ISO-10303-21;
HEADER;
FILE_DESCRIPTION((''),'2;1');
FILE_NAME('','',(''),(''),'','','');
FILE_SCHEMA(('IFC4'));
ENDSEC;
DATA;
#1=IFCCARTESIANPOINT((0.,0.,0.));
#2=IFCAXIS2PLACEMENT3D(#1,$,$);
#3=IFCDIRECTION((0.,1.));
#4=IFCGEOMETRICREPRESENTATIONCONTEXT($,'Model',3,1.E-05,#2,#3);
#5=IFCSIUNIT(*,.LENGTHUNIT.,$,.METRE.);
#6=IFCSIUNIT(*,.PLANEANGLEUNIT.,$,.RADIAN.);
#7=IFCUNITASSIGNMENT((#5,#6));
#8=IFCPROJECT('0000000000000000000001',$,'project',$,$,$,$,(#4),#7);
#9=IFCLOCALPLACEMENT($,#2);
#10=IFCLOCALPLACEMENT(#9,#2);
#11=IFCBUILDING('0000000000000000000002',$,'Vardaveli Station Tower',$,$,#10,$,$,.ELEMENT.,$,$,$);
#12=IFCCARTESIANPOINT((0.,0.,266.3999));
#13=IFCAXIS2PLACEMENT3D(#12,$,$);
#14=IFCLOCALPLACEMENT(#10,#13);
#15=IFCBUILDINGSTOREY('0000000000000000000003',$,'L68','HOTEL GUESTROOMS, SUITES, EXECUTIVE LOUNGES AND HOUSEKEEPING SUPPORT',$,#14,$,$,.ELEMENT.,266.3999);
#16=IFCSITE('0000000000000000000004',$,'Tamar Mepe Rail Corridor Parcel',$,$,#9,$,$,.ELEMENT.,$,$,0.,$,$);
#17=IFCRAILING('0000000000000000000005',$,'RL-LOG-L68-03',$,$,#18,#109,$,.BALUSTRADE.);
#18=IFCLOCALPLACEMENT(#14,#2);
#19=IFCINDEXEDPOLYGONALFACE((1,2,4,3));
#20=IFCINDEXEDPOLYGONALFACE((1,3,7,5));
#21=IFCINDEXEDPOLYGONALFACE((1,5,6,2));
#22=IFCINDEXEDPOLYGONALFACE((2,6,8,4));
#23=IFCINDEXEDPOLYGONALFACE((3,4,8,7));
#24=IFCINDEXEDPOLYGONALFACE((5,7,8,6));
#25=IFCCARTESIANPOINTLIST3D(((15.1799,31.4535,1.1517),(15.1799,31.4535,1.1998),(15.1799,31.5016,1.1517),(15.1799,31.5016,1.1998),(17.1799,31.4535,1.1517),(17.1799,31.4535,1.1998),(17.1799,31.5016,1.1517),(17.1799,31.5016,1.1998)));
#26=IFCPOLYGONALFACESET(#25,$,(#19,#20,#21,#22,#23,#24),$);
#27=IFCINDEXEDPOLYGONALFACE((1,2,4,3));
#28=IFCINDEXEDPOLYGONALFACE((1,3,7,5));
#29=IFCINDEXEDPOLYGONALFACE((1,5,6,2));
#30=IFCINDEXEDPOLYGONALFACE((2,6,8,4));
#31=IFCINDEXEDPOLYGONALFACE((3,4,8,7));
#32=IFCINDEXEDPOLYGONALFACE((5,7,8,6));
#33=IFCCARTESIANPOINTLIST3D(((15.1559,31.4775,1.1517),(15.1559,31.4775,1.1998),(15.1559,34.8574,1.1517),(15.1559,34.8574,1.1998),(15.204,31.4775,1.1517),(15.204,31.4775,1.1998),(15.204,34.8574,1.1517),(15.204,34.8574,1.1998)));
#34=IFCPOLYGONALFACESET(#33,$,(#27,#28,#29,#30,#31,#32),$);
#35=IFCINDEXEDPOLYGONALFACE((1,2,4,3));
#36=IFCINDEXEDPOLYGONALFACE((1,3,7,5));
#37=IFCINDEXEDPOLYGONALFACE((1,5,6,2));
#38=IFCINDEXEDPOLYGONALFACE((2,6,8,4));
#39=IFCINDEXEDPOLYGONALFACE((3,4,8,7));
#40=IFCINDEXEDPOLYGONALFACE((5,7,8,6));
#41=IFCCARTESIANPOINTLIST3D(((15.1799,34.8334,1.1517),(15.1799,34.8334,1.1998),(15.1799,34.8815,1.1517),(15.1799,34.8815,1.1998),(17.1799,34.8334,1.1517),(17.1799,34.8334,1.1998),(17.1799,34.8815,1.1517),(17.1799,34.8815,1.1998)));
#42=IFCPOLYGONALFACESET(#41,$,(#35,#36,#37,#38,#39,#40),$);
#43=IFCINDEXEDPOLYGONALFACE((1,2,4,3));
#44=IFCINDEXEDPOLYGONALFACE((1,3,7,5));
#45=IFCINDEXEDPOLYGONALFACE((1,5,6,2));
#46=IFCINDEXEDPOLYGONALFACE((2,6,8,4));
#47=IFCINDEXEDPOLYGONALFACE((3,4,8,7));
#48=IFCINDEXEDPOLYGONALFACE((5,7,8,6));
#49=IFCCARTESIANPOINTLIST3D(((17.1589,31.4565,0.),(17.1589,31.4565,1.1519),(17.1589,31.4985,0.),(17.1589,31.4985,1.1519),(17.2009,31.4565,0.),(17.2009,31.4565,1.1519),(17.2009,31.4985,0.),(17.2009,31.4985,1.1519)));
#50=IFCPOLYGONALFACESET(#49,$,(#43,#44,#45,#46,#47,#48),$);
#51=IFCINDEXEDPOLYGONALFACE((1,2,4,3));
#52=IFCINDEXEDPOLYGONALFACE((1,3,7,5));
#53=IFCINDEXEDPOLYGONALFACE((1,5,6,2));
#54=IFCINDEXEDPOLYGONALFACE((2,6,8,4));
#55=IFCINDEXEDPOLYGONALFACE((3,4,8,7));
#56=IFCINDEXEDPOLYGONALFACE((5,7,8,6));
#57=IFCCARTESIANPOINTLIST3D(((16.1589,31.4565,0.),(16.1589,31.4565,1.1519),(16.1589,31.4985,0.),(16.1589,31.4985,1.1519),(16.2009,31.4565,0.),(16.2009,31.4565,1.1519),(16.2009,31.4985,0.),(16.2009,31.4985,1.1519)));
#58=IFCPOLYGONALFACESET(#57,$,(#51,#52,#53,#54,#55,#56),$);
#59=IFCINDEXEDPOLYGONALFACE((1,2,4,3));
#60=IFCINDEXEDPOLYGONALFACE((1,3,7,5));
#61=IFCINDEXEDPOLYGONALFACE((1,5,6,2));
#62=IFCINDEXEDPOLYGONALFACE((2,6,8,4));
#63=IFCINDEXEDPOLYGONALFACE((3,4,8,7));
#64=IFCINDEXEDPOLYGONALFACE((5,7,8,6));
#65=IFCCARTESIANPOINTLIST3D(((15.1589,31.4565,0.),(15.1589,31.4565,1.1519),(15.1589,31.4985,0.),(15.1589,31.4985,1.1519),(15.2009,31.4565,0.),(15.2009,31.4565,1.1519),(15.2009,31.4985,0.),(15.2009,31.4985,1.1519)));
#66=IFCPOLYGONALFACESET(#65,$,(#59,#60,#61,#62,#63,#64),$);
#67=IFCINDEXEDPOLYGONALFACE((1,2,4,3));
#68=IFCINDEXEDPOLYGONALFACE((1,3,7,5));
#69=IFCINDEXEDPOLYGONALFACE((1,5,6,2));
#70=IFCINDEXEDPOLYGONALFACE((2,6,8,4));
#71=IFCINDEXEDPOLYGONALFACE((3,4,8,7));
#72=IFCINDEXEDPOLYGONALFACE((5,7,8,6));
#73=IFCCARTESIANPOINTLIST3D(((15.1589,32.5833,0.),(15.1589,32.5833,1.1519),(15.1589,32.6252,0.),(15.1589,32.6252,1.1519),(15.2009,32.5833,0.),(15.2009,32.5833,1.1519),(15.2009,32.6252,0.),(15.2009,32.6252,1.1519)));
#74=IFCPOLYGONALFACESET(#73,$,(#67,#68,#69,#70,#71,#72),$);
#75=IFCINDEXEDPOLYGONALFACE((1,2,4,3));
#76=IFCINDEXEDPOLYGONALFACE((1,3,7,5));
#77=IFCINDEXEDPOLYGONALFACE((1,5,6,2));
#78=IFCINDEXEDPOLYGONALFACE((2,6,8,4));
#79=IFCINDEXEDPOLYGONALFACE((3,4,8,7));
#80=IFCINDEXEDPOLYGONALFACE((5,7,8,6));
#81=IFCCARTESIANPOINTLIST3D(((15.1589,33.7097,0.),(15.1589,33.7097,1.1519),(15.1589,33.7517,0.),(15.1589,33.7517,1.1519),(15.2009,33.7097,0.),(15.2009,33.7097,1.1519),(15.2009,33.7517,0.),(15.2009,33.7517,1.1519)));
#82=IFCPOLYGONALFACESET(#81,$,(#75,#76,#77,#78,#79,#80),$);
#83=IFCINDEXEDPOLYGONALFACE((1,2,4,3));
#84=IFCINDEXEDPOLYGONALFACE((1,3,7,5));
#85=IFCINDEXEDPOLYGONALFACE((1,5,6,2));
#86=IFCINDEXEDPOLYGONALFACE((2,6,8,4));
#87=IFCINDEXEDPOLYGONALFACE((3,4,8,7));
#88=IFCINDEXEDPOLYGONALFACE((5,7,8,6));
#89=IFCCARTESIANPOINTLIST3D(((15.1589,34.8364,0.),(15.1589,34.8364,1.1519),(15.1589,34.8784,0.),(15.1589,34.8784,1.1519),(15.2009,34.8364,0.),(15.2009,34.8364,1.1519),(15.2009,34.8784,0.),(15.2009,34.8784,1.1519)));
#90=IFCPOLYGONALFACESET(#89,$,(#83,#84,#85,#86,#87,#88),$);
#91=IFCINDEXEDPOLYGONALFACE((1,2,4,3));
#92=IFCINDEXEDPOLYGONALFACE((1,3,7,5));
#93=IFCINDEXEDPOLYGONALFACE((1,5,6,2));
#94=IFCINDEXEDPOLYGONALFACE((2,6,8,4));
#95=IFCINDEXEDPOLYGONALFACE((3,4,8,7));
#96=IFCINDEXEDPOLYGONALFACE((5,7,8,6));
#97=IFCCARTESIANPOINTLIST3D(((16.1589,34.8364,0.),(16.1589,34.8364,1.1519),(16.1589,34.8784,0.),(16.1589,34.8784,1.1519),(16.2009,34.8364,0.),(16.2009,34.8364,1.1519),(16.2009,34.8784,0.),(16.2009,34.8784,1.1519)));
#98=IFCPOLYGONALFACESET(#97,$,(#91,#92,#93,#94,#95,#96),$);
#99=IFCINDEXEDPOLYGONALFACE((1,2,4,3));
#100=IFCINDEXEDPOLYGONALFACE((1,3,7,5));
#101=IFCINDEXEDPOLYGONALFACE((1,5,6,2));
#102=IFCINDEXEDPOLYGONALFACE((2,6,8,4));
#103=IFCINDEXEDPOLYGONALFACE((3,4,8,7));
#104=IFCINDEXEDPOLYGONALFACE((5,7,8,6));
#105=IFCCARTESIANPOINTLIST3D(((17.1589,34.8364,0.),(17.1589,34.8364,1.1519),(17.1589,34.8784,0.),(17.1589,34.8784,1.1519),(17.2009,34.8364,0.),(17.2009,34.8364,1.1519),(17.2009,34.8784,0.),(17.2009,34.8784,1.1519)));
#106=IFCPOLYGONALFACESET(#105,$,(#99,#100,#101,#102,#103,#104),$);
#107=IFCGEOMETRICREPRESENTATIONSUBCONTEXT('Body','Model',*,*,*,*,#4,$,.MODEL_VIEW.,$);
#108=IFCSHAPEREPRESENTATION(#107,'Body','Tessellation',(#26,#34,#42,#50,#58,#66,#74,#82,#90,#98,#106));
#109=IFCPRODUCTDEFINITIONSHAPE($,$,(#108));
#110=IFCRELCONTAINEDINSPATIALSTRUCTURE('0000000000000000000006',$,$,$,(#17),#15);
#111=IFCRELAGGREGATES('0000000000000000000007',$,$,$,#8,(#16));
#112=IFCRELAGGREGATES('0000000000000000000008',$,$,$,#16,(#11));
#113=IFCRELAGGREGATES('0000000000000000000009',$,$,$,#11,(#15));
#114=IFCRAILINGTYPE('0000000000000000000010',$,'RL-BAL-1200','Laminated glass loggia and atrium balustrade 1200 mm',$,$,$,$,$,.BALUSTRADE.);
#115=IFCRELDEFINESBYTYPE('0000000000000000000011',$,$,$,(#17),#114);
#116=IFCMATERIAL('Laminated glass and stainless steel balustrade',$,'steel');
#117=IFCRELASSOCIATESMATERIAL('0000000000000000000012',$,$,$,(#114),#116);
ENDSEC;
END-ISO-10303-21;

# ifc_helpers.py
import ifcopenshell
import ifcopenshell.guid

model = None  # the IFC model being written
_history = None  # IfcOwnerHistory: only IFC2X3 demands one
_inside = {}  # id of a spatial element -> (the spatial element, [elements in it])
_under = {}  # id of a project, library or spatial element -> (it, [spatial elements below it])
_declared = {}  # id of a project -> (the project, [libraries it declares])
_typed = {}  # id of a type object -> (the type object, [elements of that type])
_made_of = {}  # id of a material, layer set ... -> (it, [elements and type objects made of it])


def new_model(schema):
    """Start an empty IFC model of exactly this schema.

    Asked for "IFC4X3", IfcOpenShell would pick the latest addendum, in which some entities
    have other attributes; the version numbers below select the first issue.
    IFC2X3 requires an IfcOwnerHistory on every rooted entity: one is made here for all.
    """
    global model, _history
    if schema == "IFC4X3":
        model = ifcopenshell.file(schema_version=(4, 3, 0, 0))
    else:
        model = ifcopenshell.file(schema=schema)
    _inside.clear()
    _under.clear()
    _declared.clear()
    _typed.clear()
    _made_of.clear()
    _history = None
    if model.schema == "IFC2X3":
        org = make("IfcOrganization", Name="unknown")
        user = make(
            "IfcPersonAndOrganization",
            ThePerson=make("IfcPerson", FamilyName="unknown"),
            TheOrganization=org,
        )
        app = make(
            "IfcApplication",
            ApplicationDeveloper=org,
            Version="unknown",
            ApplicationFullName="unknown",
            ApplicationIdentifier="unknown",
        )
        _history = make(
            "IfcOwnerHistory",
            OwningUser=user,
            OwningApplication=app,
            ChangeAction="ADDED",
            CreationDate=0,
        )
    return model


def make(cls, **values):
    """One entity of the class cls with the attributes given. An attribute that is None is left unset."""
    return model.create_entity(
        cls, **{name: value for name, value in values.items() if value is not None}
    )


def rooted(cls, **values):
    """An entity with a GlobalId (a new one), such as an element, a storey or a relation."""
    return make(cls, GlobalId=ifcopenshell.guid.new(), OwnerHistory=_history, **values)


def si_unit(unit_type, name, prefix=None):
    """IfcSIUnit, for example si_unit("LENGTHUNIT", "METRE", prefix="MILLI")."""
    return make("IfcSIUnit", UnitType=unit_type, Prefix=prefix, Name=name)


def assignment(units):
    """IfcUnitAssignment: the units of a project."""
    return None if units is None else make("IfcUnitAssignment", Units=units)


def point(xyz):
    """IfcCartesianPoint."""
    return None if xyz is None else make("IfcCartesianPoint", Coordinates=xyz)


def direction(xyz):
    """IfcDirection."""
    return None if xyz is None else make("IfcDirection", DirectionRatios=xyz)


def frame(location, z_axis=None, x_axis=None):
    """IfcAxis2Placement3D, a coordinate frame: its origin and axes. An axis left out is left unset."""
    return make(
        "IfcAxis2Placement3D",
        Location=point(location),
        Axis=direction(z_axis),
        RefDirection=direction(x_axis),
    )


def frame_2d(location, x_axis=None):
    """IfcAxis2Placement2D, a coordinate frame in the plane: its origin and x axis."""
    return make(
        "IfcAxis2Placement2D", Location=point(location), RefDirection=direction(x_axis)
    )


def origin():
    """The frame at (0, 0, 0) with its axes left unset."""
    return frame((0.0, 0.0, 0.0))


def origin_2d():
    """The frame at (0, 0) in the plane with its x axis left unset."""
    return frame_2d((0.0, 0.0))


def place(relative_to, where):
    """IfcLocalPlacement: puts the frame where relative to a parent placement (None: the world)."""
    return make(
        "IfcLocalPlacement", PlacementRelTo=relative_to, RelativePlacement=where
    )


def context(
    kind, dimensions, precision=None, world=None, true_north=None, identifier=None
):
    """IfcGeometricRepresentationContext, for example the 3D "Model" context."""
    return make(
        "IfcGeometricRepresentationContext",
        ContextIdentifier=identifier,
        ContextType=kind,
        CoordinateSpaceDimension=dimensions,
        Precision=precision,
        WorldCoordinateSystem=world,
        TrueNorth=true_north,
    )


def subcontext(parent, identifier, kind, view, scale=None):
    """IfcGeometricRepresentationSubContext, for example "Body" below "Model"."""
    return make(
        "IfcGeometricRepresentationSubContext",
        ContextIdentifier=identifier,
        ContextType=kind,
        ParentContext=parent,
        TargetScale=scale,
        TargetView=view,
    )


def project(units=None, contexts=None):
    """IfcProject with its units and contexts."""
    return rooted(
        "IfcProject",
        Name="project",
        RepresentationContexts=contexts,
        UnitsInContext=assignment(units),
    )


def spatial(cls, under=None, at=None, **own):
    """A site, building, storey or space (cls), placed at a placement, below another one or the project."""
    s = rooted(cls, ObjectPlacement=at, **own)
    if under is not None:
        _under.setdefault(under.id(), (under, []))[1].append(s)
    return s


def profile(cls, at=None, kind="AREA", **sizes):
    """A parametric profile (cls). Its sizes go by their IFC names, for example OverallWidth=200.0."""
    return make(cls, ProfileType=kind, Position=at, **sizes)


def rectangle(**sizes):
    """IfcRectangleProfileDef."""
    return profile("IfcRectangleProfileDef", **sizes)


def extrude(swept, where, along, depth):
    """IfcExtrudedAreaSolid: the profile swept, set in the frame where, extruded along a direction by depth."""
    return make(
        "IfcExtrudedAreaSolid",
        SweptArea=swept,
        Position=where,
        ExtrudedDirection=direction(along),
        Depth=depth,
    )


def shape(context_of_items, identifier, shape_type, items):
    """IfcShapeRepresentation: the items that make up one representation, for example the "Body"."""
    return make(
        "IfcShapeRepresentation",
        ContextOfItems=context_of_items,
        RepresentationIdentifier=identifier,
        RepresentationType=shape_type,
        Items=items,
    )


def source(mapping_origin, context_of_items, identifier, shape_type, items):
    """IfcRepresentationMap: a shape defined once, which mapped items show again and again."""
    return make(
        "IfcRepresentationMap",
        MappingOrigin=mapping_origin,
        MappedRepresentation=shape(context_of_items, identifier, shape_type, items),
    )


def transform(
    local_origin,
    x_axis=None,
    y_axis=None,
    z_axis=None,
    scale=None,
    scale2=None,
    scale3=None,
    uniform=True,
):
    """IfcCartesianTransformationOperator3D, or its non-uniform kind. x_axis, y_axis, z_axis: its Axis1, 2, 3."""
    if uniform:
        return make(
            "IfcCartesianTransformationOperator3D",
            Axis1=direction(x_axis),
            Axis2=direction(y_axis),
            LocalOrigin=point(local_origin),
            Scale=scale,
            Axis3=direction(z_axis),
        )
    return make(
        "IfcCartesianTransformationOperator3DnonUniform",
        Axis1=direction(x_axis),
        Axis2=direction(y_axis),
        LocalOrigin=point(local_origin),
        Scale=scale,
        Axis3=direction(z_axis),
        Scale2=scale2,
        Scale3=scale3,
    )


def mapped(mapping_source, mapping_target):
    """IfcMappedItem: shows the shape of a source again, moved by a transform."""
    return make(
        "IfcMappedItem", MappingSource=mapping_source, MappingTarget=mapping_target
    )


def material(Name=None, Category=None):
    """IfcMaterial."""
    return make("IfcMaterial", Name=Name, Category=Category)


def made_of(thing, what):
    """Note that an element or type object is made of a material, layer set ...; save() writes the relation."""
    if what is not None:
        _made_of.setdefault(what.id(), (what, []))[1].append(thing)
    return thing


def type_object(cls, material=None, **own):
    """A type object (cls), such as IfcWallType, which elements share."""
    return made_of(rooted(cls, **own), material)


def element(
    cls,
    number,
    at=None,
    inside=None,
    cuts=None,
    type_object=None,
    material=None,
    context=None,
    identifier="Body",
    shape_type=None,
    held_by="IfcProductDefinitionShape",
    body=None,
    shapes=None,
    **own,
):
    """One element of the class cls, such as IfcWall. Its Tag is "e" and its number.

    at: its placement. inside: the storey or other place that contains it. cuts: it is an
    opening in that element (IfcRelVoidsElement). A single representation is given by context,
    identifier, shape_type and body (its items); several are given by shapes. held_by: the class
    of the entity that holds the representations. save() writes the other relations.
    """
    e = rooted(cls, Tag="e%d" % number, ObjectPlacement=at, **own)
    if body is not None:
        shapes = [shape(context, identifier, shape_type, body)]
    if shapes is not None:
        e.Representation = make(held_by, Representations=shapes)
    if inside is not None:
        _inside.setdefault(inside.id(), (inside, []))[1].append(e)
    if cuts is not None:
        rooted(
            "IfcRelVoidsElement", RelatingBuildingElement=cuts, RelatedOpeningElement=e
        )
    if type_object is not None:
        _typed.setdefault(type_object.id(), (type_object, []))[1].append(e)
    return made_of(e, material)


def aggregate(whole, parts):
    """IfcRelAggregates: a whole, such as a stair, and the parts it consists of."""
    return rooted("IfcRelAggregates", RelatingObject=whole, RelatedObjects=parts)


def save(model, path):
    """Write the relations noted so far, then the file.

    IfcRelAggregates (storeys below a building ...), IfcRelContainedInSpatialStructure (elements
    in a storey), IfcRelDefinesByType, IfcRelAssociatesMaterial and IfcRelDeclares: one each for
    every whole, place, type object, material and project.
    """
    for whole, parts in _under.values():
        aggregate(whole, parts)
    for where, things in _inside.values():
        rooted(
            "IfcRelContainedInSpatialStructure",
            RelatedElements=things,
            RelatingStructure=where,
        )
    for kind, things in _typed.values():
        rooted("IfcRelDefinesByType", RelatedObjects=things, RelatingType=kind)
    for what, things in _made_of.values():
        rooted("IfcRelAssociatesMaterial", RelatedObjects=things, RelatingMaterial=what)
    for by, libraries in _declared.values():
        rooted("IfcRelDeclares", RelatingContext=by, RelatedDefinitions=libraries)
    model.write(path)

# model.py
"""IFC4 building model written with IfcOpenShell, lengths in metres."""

from ifc_helpers import new_model, si_unit, direction, frame, origin, origin_2d, place, context, subcontext, project, spatial, rectangle, extrude, source, transform, mapped, material, type_object, element, save


model = new_model("IFC4")

# Units and contexts
model_context = context("Model", 3, precision=1e-05, world=origin(), true_north=direction((0.0, 1.0)))
body_context = subcontext(model_context, "Body", "Model", "MODEL_VIEW")
ifc_project = project(units=[si_unit("LENGTHUNIT", "METRE"), si_unit("PLANEANGLEUNIT", "RADIAN")], contexts=[model_context])

# Site, building, storey
site_placement = place(None, origin())
site = spatial("IfcSite", under=ifc_project, at=site_placement, Name="Tamar Mepe Rail Corridor Parcel", CompositionType="ELEMENT", RefElevation=0.0)
building_placement = place(site_placement, origin())
building = spatial("IfcBuilding", under=site, at=building_placement, Name="Vardaveli Station Tower", CompositionType="ELEMENT")
storey_placement = place(building_placement, frame((0.0, 0.0, 266.3999)))
storey = spatial("IfcBuildingStorey", under=building, at=storey_placement, Name="L68", Description="HOTEL GUESTROOMS, SUITES, EXECUTIVE LOUNGES AND HOUSEKEEPING SUPPORT", CompositionType="ELEMENT", Elevation=266.3999)

# Railing
ifc_material_1 = material(Name="Laminated glass and stainless steel balustrade", Category="steel")
railing_type = type_object("IfcRailingType", Name="RL-BAL-1200", Description="Laminated glass loggia and atrium balustrade 1200 mm", PredefinedType="BALUSTRADE", material=ifc_material_1)
shared_shape_1 = source(origin(), body_context, "Body", "SweptSolid", [
    extrude(rectangle(XDim=0.0481, YDim=0.0481, at=origin_2d()), frame((0.0, 0.0, 1.1758), z_axis=(-1.0, 0.0, 0.0), x_axis=(0.0, -1.0, 0.0)), (0.0, 0.0, 1.0), 2.0),
    extrude(rectangle(XDim=0.0481, YDim=0.0481, at=origin_2d()), frame((-2.0, 0.0, 1.1758), z_axis=(0.0, 1.0, 0.0), x_axis=(-1.0, 0.0, 0.0)), (0.0, 0.0, 1.0), 3.3799),
    extrude(rectangle(XDim=0.0481, YDim=0.0481, at=origin_2d()), frame((-2.0, 3.3799, 1.1758), z_axis=(1.0, 0.0, 0.0), x_axis=(0.0, 1.0, 0.0)), (0.0, 0.0, 1.0), 2.0),
    extrude(rectangle(XDim=0.042, YDim=0.042, at=origin_2d()), origin(), (0.0, 0.0, 1.0), 1.1519),
    extrude(rectangle(XDim=0.042, YDim=0.042, at=origin_2d()), frame((-1.0, 0.0, 0.0)), (0.0, 0.0, 1.0), 1.1519),
    extrude(rectangle(XDim=0.042, YDim=0.042, at=origin_2d()), frame((-2.0, 0.0, 0.0)), (0.0, 0.0, 1.0), 1.1519),
    extrude(rectangle(XDim=0.042, YDim=0.042, at=origin_2d()), frame((-2.0, 1.1267, 0.0)), (0.0, 0.0, 1.0), 1.1519),
    extrude(rectangle(XDim=0.042, YDim=0.042, at=origin_2d()), frame((-2.0, 2.2532, 0.0)), (0.0, 0.0, 1.0), 1.1519),
    extrude(rectangle(XDim=0.042, YDim=0.042, at=origin_2d()), frame((-2.0, 3.3799, 0.0)), (0.0, 0.0, 1.0), 1.1519),
    extrude(rectangle(XDim=0.042, YDim=0.042, at=origin_2d()), frame((-1.0, 3.3799, 0.0)), (0.0, 0.0, 1.0), 1.1519),
    extrude(rectangle(XDim=0.042, YDim=0.042, at=origin_2d()), frame((0.0, 3.3799, 0.0)), (0.0, 0.0, 1.0), 1.1519),
])
railing_placement = place(storey_placement, frame((17.1799, 31.4775, 0.0)))
element("IfcRailing", 1, at=railing_placement, inside=storey, type_object=railing_type, Name="RL-LOG-L68-03", PredefinedType="BALUSTRADE", context=body_context, shape_type="MappedRepresentation", body=[
    mapped(shared_shape_1, transform((0.0, 0.0, 0.0), scale=1.0)),
])

save(model, "model.ifc")
